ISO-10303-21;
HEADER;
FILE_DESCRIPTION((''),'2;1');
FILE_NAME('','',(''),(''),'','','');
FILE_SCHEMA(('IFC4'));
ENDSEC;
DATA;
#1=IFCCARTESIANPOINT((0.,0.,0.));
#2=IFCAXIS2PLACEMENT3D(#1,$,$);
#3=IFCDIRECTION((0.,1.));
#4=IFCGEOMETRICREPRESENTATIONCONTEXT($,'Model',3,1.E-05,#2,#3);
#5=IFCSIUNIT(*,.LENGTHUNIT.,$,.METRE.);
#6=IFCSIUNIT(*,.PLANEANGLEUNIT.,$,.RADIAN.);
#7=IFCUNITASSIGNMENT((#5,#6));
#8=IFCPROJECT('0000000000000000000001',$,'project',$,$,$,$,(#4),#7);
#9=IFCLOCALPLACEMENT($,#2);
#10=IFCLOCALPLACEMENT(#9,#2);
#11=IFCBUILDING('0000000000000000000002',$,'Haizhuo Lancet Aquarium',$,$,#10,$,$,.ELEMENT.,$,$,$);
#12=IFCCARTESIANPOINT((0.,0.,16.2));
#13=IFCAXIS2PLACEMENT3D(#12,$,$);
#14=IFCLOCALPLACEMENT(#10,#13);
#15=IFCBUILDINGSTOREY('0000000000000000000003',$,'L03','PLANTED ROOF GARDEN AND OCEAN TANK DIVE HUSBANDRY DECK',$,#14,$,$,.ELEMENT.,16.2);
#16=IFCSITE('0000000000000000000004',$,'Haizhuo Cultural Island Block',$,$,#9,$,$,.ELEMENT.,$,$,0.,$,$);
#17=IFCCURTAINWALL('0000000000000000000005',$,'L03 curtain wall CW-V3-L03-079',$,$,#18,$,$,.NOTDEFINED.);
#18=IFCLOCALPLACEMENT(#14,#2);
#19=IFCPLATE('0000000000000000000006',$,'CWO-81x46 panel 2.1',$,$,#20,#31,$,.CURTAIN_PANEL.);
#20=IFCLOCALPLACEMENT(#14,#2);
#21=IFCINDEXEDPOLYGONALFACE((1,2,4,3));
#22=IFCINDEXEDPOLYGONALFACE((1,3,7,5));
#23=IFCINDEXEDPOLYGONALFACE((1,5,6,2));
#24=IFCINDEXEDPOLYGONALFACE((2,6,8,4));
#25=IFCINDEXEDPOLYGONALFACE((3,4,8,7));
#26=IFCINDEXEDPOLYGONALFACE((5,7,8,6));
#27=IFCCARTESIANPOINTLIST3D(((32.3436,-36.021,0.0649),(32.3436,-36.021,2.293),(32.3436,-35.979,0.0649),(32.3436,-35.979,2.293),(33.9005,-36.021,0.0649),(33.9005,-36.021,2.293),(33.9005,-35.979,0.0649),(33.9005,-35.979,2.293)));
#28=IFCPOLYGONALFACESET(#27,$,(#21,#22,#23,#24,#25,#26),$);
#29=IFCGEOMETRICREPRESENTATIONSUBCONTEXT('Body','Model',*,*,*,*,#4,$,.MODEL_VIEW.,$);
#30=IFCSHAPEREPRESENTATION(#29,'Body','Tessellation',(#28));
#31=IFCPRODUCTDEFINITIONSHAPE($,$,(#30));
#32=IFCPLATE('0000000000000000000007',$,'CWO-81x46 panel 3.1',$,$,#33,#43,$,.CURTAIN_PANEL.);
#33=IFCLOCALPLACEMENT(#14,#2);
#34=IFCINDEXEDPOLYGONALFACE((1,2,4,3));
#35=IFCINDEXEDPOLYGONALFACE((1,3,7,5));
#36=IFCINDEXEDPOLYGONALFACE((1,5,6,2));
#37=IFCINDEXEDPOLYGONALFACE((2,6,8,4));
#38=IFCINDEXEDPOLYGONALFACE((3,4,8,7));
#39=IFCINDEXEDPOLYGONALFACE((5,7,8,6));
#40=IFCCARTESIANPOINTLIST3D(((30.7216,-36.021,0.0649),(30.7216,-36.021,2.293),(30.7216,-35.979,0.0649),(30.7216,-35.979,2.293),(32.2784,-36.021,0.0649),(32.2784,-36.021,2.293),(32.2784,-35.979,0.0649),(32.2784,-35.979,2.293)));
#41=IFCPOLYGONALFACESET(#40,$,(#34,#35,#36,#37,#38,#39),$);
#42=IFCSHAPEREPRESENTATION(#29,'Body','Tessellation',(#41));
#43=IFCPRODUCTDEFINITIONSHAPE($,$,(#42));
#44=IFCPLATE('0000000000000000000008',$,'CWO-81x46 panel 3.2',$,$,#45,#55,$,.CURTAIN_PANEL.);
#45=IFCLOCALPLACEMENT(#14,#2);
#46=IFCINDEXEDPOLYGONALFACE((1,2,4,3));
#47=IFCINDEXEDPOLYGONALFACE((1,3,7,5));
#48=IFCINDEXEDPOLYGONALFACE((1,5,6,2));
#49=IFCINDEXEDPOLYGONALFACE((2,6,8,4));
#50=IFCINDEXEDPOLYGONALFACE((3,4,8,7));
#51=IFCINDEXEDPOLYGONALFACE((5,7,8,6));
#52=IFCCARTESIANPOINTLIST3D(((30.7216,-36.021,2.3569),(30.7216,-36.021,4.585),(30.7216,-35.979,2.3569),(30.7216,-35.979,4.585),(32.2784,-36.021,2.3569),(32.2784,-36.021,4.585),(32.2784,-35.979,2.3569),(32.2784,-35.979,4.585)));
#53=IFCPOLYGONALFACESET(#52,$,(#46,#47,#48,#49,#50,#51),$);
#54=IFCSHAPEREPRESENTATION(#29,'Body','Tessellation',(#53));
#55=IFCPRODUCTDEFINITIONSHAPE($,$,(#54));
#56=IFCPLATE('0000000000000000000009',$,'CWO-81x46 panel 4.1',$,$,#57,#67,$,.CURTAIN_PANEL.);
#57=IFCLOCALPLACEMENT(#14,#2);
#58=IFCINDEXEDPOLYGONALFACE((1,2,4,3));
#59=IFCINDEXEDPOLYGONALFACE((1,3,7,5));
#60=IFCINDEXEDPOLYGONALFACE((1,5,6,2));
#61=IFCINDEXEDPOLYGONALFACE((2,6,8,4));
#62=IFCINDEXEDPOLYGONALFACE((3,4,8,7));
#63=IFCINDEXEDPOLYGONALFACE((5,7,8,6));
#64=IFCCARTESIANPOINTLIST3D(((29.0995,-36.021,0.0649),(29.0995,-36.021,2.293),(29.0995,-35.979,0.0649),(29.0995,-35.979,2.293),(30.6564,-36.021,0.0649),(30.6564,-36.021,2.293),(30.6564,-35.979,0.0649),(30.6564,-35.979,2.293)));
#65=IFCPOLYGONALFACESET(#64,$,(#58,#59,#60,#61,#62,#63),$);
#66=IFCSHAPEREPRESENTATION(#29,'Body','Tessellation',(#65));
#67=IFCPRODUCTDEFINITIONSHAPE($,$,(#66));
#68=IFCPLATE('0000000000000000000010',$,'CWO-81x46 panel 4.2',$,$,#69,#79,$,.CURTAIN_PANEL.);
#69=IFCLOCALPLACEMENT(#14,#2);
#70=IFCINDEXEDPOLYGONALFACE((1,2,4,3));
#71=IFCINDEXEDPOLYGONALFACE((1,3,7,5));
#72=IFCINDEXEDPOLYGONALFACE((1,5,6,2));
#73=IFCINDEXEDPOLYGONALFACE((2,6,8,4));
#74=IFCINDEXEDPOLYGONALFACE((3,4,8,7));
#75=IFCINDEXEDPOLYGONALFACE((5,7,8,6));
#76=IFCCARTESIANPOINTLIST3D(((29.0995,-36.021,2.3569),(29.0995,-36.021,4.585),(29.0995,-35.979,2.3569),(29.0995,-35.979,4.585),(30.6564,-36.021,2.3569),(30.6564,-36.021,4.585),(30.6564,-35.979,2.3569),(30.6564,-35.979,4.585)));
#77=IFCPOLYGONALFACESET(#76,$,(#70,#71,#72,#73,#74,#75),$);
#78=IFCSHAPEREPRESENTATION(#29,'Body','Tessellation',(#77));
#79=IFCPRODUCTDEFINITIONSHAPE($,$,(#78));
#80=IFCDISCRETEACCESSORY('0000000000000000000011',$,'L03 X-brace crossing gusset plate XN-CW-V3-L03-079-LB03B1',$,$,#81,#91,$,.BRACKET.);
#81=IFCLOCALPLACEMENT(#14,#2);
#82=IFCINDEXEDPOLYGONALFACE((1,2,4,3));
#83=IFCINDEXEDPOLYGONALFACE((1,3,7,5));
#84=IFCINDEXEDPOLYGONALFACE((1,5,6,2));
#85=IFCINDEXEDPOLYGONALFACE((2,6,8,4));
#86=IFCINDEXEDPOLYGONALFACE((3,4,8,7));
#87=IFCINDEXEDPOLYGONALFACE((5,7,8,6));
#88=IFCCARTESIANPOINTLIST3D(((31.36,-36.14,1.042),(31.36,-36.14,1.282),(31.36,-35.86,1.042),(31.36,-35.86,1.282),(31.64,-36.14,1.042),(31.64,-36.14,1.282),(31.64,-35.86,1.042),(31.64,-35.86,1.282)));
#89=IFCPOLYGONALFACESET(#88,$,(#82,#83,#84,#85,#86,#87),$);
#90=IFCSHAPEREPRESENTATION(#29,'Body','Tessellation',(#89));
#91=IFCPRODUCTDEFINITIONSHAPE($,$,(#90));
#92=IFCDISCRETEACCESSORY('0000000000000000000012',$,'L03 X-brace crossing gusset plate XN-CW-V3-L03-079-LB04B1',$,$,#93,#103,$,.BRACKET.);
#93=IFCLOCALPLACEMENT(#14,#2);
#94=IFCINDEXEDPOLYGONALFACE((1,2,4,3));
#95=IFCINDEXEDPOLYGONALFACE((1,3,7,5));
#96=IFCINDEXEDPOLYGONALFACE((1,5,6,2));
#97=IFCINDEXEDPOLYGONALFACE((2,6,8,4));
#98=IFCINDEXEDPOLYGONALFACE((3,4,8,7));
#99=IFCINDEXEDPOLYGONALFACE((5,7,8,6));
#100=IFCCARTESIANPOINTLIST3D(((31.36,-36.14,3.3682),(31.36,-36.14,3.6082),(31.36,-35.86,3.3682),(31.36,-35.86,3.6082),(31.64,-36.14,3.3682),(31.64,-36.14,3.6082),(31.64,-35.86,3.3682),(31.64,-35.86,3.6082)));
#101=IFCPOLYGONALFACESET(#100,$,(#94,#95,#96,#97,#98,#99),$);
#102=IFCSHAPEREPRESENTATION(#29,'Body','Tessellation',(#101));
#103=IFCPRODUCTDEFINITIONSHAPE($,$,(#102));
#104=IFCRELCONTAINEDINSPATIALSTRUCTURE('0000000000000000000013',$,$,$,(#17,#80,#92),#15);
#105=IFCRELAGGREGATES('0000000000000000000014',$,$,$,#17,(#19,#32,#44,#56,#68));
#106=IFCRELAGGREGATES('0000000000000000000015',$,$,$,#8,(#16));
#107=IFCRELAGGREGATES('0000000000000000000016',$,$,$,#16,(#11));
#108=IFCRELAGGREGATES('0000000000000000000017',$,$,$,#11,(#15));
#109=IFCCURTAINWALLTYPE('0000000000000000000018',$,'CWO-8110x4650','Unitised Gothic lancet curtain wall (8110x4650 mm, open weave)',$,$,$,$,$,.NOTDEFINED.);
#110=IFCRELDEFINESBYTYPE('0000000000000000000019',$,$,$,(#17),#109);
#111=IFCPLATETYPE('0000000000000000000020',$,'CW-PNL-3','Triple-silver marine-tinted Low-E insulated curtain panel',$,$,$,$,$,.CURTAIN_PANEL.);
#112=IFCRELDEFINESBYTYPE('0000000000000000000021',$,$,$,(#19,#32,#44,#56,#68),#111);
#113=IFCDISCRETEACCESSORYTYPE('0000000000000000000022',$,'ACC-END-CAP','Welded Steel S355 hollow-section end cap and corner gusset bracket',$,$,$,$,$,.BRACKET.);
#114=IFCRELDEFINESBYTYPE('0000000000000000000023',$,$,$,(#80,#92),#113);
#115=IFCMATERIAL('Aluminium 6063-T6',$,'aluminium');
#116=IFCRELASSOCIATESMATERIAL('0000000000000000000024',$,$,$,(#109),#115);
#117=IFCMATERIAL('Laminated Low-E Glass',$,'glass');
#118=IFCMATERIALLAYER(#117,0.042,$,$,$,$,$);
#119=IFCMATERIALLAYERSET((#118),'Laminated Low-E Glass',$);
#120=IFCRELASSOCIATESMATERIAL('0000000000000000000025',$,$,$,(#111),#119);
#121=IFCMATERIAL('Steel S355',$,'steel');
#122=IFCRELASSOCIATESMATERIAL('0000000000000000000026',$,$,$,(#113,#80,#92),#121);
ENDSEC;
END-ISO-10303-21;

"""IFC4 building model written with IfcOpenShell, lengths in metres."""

from ifc_helpers import new_model, si_unit, direction, frame, origin, origin_2d, place, context, subcontext, project, spatial, rectangle, extrude, material, layer, layer_set, type_object, element, aggregate, save


model = new_model("IFC4")

# Units and contexts
model_context = context("Model", 3, precision=1e-05, world=origin(), true_north=direction((0.0, 1.0)))
body_context = subcontext(model_context, "Body", "Model", "MODEL_VIEW")
ifc_project = project(units=[si_unit("LENGTHUNIT", "METRE"), si_unit("PLANEANGLEUNIT", "RADIAN")], contexts=[model_context])

# Site, building, storey
site_placement = place(None, origin())
site = spatial("IfcSite", under=ifc_project, at=site_placement, Name="Haizhuo Cultural Island Block", CompositionType="ELEMENT", RefElevation=0.0)
building_placement = place(site_placement, origin())
building = spatial("IfcBuilding", under=site, at=building_placement, Name="Haizhuo Lancet Aquarium", CompositionType="ELEMENT")
storey_placement = place(building_placement, frame((0.0, 0.0, 16.2)))
storey = spatial("IfcBuildingStorey", under=building, at=storey_placement, Name="L03", Description="PLANTED ROOF GARDEN AND OCEAN TANK DIVE HUSBANDRY DECK", CompositionType="ELEMENT", Elevation=16.2)

# Curtain wall
ifc_material_1 = material(Name="Aluminium 6063-T6", Category="aluminium")
curtain_wall_type = type_object("IfcCurtainWallType", Name="CWO-8110x4650", Description="Unitised Gothic lancet curtain wall (8110x4650 mm, open weave)", PredefinedType="NOTDEFINED", material=ifc_material_1)
curtain_wall_placement = place(storey_placement, origin())
curtain_wall = element("IfcCurtainWall", 1, at=curtain_wall_placement, inside=storey, type_object=curtain_wall_type, Name="L03 curtain wall CW-V3-L03-079", PredefinedType="NOTDEFINED")

# Shared definitions
ifc_material_2 = material(Name="Steel S355", Category="steel")

# Plates
ifc_material_3 = material(Name="Laminated Low-E Glass", Category="glass")
ifc_layer = layer(ifc_material_3, 0.042)
ifc_layer_set = layer_set([ifc_layer], Name="Laminated Low-E Glass")
plate_type = type_object("IfcPlateType", Name="CW-PNL-3", Description="Triple-silver marine-tinted Low-E insulated curtain panel", PredefinedType="CURTAIN_PANEL", material=ifc_layer_set)
plate_1_placement = place(storey_placement, frame((33.1221, -36.0, 0.0649), z_axis=(0.0, 0.0, 1.0), x_axis=(-1.0, 0.0, 0.0)))
plate_1 = element("IfcPlate", 2, at=plate_1_placement, type_object=plate_type, Name="CWO-81x46 panel 2.1", PredefinedType="CURTAIN_PANEL", context=body_context, shape_type="SweptSolid", body=[
    extrude(rectangle(XDim=1.5569, YDim=0.042, at=origin_2d()), origin(), (0.0, 0.0, 1.0), 2.228),
])
plate_2_placement = place(storey_placement, frame((31.5, -36.0, 0.0649), z_axis=(0.0, 0.0, 1.0), x_axis=(-1.0, 0.0, 0.0)))
plate_2 = element("IfcPlate", 3, at=plate_2_placement, type_object=plate_type, Name="CWO-81x46 panel 3.1", PredefinedType="CURTAIN_PANEL", context=body_context, shape_type="SweptSolid", body=[
    extrude(rectangle(XDim=1.5569, YDim=0.042, at=origin_2d()), origin(), (0.0, 0.0, 1.0), 2.228),
])
plate_3_placement = place(storey_placement, frame((31.5, -36.0, 2.3569), z_axis=(0.0, 0.0, 1.0), x_axis=(-1.0, 0.0, 0.0)))
plate_3 = element("IfcPlate", 4, at=plate_3_placement, type_object=plate_type, Name="CWO-81x46 panel 3.2", PredefinedType="CURTAIN_PANEL", context=body_context, shape_type="SweptSolid", body=[
    extrude(rectangle(XDim=1.5569, YDim=0.042, at=origin_2d()), origin(), (0.0, 0.0, 1.0), 2.228),
])
plate_4_placement = place(storey_placement, frame((29.8779, -36.0, 0.0649), z_axis=(0.0, 0.0, 1.0), x_axis=(-1.0, 0.0, 0.0)))
plate_4 = element("IfcPlate", 5, at=plate_4_placement, type_object=plate_type, Name="CWO-81x46 panel 4.1", PredefinedType="CURTAIN_PANEL", context=body_context, shape_type="SweptSolid", body=[
    extrude(rectangle(XDim=1.5569, YDim=0.042, at=origin_2d()), origin(), (0.0, 0.0, 1.0), 2.228),
])
plate_5_placement = place(storey_placement, frame((29.8779, -36.0, 2.3569), z_axis=(0.0, 0.0, 1.0), x_axis=(-1.0, 0.0, 0.0)))
plate_5 = element("IfcPlate", 6, at=plate_5_placement, type_object=plate_type, Name="CWO-81x46 panel 4.2", PredefinedType="CURTAIN_PANEL", context=body_context, shape_type="SweptSolid", body=[
    extrude(rectangle(XDim=1.5569, YDim=0.042, at=origin_2d()), origin(), (0.0, 0.0, 1.0), 2.228),
])
aggregate(curtain_wall, [plate_1, plate_2, plate_3, plate_4, plate_5])

# Discrete accessories
discrete_accessory_type = type_object("IfcDiscreteAccessoryType", Name="ACC-END-CAP", Description="Welded Steel S355 hollow-section end cap and corner gusset bracket", PredefinedType="BRACKET", material=ifc_material_2)
for number, where, z_axis, x_axis, name in (
    (7, (31.5, -36.0, 1.042), (0.0, 0.0, 1.0), (1.0, 0.0, 0.0), "L03 X-brace crossing gusset plate XN-CW-V3-L03-079-LB03B1"),
    (8, (31.5, -36.0, 3.3682), (0.0, 0.0, 1.0), (1.0, 0.0, 0.0), "L03 X-brace crossing gusset plate XN-CW-V3-L03-079-LB04B1"),
):
    element("IfcDiscreteAccessory", number, at=place(storey_placement, frame(where, z_axis=z_axis, x_axis=x_axis)), inside=storey, type_object=discrete_accessory_type, material=ifc_material_2, Name=name, PredefinedType="BRACKET", context=body_context, shape_type="SweptSolid", body=[
        extrude(rectangle(XDim=0.28, YDim=0.28, at=origin_2d()), origin(), (0.0, 0.0, 1.0), 0.24),
    ])

save(model, "model.ifc")
